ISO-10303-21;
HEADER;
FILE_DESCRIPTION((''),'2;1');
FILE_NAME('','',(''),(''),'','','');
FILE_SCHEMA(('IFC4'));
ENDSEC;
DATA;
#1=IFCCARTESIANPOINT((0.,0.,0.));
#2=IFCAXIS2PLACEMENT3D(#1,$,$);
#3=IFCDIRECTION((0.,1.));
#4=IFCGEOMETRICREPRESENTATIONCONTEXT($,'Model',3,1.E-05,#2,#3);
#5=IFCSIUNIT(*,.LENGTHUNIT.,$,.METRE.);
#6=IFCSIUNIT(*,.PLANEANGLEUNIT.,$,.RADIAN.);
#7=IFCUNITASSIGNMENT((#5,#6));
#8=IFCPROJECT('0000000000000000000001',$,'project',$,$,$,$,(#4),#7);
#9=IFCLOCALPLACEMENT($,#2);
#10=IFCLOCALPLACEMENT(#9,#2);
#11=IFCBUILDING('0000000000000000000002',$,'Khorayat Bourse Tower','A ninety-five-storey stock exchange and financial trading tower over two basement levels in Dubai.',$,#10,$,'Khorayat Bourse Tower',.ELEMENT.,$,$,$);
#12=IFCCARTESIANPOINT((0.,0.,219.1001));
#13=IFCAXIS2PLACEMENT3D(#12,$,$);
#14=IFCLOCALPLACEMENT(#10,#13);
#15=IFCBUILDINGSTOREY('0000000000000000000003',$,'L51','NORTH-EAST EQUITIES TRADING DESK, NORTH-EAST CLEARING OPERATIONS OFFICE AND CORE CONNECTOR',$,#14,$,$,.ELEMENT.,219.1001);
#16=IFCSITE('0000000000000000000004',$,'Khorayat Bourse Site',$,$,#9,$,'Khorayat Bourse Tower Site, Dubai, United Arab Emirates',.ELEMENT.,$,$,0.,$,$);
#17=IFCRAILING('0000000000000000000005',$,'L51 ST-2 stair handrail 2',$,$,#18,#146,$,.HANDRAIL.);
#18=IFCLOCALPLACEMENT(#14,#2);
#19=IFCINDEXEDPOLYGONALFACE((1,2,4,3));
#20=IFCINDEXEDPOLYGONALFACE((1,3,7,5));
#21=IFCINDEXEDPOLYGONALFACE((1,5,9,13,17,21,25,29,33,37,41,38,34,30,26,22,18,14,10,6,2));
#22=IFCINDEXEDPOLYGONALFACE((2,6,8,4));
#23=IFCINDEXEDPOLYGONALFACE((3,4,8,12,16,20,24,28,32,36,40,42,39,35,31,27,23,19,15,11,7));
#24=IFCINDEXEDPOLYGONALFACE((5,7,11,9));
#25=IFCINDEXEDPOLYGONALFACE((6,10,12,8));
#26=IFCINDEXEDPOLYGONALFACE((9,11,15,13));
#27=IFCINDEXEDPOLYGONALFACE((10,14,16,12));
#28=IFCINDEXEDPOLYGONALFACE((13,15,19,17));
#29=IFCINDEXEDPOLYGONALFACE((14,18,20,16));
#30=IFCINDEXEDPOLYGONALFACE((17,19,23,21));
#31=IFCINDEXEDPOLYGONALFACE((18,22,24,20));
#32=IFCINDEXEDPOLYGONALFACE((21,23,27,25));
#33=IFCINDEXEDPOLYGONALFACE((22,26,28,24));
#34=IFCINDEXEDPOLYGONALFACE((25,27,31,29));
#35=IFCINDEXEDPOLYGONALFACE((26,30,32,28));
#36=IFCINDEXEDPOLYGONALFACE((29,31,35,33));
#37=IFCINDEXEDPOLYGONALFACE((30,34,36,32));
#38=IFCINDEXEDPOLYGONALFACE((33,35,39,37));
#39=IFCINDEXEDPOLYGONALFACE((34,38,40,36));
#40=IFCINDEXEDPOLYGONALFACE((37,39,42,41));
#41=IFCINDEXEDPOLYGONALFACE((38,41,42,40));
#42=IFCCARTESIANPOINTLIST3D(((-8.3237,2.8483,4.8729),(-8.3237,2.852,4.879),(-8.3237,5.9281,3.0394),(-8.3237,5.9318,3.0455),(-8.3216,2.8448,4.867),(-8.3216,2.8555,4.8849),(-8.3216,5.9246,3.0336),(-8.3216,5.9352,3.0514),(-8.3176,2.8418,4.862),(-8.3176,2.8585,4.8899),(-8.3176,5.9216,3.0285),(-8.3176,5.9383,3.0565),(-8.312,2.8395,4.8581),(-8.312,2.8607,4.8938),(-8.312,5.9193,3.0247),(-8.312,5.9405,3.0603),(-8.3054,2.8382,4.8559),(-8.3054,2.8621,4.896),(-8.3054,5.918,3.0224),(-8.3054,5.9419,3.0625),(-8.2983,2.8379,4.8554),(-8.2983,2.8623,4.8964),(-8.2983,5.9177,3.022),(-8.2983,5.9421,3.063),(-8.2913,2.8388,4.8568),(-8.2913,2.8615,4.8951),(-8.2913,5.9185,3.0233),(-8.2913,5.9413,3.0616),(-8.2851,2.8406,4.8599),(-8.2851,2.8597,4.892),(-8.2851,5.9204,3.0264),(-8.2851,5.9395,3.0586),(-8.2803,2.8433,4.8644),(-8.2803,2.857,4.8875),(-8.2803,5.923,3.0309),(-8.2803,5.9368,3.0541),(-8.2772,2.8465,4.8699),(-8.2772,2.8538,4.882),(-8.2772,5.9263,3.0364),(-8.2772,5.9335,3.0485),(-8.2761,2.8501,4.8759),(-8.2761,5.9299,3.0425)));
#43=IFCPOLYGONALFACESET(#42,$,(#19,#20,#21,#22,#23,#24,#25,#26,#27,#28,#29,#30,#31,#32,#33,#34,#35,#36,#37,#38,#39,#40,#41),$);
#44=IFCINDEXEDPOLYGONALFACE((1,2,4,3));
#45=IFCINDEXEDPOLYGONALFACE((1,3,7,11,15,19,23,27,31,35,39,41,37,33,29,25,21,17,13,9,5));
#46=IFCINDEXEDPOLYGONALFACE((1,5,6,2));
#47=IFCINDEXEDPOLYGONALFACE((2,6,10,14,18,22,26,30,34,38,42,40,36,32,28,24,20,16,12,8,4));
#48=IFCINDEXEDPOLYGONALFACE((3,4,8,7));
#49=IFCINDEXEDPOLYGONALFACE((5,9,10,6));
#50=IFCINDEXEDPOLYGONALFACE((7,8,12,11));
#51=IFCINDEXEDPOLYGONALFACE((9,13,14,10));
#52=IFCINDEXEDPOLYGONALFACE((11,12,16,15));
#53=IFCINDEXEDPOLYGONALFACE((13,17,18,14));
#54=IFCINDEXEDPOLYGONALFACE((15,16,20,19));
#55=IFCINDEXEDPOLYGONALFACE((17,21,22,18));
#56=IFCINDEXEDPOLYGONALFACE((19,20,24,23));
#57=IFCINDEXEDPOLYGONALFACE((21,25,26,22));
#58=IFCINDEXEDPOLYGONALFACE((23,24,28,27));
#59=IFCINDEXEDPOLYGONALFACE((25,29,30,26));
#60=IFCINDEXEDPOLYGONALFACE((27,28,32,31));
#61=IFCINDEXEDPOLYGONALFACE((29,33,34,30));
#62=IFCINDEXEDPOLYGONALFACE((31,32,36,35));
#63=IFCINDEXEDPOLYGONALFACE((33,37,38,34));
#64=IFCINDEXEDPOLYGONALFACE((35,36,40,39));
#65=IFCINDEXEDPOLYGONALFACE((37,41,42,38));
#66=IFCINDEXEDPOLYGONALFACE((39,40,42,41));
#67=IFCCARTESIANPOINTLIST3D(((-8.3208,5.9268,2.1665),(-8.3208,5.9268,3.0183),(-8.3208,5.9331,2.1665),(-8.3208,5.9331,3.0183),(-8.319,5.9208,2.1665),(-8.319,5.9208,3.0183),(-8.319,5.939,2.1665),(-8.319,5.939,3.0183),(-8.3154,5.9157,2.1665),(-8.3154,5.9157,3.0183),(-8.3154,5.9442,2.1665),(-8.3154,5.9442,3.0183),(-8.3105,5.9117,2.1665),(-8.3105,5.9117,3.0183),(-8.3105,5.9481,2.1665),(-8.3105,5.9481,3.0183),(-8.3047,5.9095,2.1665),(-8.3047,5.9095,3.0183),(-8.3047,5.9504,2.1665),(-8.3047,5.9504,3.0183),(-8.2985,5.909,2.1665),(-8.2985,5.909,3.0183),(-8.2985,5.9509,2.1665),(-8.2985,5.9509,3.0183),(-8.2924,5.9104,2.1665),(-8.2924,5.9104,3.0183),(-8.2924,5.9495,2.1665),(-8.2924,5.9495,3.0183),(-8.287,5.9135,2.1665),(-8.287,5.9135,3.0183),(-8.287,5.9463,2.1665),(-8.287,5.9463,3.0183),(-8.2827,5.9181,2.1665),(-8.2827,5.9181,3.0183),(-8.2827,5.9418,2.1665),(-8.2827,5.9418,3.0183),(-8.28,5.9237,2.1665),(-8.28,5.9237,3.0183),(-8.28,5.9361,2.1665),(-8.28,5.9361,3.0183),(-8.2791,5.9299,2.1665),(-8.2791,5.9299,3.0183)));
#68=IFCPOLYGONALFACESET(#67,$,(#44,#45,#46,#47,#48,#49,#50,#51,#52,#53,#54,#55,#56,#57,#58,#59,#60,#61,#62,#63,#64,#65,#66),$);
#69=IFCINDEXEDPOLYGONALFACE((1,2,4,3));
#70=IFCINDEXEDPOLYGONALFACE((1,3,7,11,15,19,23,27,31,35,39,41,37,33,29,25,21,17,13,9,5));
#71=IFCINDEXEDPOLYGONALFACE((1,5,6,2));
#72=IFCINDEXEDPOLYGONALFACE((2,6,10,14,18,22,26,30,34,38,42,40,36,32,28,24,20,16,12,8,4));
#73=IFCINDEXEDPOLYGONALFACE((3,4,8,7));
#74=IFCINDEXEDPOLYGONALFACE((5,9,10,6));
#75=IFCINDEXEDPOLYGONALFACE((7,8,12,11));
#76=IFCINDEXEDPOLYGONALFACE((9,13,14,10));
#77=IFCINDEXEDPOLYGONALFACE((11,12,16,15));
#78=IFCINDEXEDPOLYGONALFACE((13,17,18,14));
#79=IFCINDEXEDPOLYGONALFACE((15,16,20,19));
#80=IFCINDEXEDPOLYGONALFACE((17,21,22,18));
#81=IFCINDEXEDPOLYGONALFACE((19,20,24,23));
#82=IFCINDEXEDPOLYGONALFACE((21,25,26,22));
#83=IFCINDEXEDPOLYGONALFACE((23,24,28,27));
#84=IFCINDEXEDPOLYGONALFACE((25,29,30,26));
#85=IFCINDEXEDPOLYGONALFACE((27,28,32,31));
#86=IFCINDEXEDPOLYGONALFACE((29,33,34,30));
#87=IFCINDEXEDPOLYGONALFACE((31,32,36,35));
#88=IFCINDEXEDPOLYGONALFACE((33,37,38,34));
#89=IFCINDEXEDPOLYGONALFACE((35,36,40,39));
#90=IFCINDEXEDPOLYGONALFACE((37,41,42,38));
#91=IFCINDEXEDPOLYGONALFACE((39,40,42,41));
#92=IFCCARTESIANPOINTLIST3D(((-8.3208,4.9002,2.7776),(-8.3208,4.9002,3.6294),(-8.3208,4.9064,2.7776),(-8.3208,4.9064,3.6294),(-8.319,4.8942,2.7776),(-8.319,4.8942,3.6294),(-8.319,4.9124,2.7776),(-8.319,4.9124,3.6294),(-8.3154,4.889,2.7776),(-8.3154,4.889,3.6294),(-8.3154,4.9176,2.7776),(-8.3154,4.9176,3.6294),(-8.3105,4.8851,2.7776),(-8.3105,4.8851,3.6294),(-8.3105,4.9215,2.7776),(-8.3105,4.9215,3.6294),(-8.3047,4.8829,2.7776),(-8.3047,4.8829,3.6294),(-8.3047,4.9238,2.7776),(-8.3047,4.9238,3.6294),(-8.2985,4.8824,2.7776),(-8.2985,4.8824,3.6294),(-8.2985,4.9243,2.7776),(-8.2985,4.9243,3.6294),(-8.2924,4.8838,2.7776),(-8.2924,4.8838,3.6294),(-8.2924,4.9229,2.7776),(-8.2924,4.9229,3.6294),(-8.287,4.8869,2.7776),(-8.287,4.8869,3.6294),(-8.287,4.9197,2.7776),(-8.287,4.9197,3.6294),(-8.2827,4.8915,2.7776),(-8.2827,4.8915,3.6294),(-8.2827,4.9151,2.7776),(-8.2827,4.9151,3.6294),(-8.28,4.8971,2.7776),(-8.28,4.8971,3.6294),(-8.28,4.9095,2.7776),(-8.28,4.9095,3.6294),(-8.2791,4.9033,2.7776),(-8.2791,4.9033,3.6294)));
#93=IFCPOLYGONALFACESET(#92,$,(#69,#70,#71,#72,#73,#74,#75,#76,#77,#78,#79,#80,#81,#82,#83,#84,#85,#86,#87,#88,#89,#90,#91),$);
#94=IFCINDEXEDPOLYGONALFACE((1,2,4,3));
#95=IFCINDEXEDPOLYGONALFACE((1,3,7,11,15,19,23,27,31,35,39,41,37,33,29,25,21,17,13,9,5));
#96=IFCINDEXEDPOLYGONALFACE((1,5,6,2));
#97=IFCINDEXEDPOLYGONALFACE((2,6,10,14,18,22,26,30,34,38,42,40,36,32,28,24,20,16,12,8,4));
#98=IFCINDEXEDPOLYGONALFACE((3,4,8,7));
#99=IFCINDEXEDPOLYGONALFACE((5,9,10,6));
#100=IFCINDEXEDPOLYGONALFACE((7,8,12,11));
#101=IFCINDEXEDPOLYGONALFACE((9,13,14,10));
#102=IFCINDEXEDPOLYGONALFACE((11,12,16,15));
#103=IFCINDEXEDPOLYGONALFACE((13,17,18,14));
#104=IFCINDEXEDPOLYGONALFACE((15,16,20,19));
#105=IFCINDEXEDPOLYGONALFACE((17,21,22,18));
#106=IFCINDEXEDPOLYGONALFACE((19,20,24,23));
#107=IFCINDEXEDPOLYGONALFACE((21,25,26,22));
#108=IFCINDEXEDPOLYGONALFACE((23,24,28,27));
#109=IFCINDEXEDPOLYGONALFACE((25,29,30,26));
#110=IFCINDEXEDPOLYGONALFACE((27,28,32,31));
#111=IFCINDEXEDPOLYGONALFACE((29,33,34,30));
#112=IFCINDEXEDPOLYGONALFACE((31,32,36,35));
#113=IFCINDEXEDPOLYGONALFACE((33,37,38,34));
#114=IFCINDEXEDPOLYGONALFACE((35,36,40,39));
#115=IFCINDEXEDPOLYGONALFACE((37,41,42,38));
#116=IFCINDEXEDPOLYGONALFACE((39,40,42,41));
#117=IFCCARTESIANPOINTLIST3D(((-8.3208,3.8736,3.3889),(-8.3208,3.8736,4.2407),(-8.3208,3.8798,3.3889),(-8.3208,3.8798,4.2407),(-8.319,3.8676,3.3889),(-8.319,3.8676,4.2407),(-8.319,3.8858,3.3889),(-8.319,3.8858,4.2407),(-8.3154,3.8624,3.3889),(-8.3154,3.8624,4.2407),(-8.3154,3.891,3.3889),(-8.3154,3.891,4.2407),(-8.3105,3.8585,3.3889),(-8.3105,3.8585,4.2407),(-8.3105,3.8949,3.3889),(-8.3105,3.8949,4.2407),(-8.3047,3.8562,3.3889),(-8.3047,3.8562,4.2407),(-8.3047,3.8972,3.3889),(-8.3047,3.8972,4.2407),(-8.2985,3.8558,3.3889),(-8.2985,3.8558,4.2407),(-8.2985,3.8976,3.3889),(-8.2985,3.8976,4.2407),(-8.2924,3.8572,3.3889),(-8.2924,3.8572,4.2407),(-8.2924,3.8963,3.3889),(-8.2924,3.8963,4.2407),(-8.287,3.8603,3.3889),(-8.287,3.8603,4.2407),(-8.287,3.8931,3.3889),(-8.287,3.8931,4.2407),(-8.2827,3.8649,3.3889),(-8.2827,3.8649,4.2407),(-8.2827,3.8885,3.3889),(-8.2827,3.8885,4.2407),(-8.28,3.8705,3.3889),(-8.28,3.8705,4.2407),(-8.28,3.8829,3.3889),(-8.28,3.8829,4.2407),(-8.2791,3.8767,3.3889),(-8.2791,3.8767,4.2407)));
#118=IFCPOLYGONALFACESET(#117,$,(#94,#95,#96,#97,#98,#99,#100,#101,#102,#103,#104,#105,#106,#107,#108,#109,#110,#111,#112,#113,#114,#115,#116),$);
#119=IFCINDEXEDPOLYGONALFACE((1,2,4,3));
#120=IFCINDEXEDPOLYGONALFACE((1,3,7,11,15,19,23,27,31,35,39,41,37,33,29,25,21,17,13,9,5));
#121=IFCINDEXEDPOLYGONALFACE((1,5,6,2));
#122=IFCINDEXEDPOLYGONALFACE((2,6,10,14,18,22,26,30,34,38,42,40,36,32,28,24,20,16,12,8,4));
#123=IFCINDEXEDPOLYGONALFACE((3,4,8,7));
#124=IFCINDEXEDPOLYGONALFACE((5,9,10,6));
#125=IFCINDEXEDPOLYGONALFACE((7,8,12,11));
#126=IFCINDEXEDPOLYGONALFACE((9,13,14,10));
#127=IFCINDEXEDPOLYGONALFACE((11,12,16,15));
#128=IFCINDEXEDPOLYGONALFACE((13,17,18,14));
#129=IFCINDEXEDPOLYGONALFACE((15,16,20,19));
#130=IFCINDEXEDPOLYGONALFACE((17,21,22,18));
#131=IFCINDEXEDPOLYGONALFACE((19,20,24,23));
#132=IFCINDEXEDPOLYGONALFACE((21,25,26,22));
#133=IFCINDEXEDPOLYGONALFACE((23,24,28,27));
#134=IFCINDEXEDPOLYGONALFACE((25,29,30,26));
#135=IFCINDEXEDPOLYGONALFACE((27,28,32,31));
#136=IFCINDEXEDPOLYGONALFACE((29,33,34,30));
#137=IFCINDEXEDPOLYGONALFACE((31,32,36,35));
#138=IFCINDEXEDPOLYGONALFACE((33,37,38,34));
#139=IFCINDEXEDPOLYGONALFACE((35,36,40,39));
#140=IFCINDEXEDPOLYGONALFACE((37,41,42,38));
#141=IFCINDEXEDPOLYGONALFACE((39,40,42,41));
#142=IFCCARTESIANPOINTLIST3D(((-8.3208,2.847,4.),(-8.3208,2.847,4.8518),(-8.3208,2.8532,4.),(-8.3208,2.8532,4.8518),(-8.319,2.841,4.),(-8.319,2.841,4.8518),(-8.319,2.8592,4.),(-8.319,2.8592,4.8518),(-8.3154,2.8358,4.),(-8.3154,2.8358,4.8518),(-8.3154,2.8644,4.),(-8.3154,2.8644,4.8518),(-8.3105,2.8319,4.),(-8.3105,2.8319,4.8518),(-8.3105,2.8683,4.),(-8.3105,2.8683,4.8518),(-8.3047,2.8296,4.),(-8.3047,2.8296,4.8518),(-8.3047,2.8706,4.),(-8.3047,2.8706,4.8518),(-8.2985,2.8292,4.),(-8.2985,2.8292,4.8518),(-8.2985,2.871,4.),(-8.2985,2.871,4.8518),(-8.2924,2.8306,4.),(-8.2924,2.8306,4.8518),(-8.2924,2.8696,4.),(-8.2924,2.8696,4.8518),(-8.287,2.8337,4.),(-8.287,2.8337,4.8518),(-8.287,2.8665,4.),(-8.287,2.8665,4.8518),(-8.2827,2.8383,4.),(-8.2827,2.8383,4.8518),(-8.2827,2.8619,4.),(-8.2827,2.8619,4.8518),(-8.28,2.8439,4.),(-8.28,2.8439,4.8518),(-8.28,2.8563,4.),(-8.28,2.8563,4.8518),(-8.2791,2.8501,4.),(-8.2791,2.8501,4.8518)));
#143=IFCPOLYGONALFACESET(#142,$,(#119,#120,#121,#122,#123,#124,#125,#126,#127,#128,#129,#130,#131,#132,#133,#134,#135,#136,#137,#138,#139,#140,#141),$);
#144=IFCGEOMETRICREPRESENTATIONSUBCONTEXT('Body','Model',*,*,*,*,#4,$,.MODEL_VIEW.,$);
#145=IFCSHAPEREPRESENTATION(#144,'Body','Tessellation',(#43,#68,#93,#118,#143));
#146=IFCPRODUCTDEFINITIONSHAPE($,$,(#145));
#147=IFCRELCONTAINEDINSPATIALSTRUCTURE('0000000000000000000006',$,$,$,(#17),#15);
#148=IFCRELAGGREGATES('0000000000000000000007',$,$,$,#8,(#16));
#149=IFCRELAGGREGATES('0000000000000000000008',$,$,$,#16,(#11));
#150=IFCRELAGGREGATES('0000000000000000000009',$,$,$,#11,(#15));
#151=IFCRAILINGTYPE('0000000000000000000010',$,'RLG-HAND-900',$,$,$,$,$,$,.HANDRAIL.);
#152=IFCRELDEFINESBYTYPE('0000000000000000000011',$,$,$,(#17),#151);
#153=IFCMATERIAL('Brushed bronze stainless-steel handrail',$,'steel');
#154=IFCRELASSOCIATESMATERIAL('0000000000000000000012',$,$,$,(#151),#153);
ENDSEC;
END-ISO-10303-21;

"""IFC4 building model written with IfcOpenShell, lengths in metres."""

from ifc_helpers import new_model, si_unit, direction, frame, origin, origin_2d, place, context, subcontext, project, spatial, circle, extrude, source, transform, mapped, material, type_object, element, save


model = new_model("IFC4")

# Units and contexts
model_context = context("Model", 3, precision=1e-05, world=origin(), true_north=direction((0.0, 1.0)))
body_context = subcontext(model_context, "Body", "Model", "MODEL_VIEW")
ifc_project = project(units=[si_unit("LENGTHUNIT", "METRE"), si_unit("PLANEANGLEUNIT", "RADIAN")], contexts=[model_context])

# Site, building, storey
site_placement = place(None, origin())
site = spatial("IfcSite", under=ifc_project, at=site_placement, Name="Khorayat Bourse Site", LongName="Khorayat Bourse Tower Site, Dubai, United Arab Emirates", CompositionType="ELEMENT", RefElevation=0.0)
building_placement = place(site_placement, origin())
building = spatial("IfcBuilding", under=site, at=building_placement, Name="Khorayat Bourse Tower", Description="A ninety-five-storey stock exchange and financial trading tower over two basement levels in Dubai.", LongName="Khorayat Bourse Tower", CompositionType="ELEMENT")
storey_placement = place(building_placement, frame((0.0, 0.0, 219.1001)))
storey = spatial("IfcBuildingStorey", under=building, at=storey_placement, Name="L51", Description="NORTH-EAST EQUITIES TRADING DESK, NORTH-EAST CLEARING OPERATIONS OFFICE AND CORE CONNECTOR", CompositionType="ELEMENT", Elevation=219.1001)

# Railing
ifc_material_1 = material(Name="Brushed bronze stainless-steel handrail", Category="steel")
railing_type_1 = type_object("IfcRailingType", Name="RLG-HAND-900", PredefinedType="HANDRAIL", material=ifc_material_1)
shared_shape_1 = source(origin(), body_context, "Body", "SweptSolid", [
    extrude(circle(Radius=0.0239, at=origin_2d()), frame((0.0, 0.0, 0.876), z_axis=(0.0, -0.859261, 0.511538), x_axis=(1.0, 0.0, 0.0)), (0.0, 0.0, 1.0), 3.5842),
    extrude(circle(Radius=0.021, at=origin_2d()), origin(), (0.0, 0.0, 1.0), 0.8518),
    extrude(circle(Radius=0.021, at=origin_2d()), frame((0.0, -1.0266, 0.6111)), (0.0, 0.0, 1.0), 0.8518),
    extrude(circle(Radius=0.021, at=origin_2d()), frame((0.0, -2.0532, 1.2224)), (0.0, 0.0, 1.0), 0.8518),
    extrude(circle(Radius=0.021, at=origin_2d()), frame((0.0, -3.0798, 1.8335)), (0.0, 0.0, 1.0), 0.8518),
])
railing_1_placement = place(storey_placement, frame((-8.3, 5.9299, 2.1665)))
element("IfcRailing", 1, at=railing_1_placement, inside=storey, type_object=railing_type_1, Name="L51 ST-2 stair handrail 2", PredefinedType="HANDRAIL", context=body_context, shape_type="MappedRepresentation", body=[
    mapped(shared_shape_1, transform((0.0, 0.0, 0.0), scale=1.0)),
])

save(model, "model.ifc")
